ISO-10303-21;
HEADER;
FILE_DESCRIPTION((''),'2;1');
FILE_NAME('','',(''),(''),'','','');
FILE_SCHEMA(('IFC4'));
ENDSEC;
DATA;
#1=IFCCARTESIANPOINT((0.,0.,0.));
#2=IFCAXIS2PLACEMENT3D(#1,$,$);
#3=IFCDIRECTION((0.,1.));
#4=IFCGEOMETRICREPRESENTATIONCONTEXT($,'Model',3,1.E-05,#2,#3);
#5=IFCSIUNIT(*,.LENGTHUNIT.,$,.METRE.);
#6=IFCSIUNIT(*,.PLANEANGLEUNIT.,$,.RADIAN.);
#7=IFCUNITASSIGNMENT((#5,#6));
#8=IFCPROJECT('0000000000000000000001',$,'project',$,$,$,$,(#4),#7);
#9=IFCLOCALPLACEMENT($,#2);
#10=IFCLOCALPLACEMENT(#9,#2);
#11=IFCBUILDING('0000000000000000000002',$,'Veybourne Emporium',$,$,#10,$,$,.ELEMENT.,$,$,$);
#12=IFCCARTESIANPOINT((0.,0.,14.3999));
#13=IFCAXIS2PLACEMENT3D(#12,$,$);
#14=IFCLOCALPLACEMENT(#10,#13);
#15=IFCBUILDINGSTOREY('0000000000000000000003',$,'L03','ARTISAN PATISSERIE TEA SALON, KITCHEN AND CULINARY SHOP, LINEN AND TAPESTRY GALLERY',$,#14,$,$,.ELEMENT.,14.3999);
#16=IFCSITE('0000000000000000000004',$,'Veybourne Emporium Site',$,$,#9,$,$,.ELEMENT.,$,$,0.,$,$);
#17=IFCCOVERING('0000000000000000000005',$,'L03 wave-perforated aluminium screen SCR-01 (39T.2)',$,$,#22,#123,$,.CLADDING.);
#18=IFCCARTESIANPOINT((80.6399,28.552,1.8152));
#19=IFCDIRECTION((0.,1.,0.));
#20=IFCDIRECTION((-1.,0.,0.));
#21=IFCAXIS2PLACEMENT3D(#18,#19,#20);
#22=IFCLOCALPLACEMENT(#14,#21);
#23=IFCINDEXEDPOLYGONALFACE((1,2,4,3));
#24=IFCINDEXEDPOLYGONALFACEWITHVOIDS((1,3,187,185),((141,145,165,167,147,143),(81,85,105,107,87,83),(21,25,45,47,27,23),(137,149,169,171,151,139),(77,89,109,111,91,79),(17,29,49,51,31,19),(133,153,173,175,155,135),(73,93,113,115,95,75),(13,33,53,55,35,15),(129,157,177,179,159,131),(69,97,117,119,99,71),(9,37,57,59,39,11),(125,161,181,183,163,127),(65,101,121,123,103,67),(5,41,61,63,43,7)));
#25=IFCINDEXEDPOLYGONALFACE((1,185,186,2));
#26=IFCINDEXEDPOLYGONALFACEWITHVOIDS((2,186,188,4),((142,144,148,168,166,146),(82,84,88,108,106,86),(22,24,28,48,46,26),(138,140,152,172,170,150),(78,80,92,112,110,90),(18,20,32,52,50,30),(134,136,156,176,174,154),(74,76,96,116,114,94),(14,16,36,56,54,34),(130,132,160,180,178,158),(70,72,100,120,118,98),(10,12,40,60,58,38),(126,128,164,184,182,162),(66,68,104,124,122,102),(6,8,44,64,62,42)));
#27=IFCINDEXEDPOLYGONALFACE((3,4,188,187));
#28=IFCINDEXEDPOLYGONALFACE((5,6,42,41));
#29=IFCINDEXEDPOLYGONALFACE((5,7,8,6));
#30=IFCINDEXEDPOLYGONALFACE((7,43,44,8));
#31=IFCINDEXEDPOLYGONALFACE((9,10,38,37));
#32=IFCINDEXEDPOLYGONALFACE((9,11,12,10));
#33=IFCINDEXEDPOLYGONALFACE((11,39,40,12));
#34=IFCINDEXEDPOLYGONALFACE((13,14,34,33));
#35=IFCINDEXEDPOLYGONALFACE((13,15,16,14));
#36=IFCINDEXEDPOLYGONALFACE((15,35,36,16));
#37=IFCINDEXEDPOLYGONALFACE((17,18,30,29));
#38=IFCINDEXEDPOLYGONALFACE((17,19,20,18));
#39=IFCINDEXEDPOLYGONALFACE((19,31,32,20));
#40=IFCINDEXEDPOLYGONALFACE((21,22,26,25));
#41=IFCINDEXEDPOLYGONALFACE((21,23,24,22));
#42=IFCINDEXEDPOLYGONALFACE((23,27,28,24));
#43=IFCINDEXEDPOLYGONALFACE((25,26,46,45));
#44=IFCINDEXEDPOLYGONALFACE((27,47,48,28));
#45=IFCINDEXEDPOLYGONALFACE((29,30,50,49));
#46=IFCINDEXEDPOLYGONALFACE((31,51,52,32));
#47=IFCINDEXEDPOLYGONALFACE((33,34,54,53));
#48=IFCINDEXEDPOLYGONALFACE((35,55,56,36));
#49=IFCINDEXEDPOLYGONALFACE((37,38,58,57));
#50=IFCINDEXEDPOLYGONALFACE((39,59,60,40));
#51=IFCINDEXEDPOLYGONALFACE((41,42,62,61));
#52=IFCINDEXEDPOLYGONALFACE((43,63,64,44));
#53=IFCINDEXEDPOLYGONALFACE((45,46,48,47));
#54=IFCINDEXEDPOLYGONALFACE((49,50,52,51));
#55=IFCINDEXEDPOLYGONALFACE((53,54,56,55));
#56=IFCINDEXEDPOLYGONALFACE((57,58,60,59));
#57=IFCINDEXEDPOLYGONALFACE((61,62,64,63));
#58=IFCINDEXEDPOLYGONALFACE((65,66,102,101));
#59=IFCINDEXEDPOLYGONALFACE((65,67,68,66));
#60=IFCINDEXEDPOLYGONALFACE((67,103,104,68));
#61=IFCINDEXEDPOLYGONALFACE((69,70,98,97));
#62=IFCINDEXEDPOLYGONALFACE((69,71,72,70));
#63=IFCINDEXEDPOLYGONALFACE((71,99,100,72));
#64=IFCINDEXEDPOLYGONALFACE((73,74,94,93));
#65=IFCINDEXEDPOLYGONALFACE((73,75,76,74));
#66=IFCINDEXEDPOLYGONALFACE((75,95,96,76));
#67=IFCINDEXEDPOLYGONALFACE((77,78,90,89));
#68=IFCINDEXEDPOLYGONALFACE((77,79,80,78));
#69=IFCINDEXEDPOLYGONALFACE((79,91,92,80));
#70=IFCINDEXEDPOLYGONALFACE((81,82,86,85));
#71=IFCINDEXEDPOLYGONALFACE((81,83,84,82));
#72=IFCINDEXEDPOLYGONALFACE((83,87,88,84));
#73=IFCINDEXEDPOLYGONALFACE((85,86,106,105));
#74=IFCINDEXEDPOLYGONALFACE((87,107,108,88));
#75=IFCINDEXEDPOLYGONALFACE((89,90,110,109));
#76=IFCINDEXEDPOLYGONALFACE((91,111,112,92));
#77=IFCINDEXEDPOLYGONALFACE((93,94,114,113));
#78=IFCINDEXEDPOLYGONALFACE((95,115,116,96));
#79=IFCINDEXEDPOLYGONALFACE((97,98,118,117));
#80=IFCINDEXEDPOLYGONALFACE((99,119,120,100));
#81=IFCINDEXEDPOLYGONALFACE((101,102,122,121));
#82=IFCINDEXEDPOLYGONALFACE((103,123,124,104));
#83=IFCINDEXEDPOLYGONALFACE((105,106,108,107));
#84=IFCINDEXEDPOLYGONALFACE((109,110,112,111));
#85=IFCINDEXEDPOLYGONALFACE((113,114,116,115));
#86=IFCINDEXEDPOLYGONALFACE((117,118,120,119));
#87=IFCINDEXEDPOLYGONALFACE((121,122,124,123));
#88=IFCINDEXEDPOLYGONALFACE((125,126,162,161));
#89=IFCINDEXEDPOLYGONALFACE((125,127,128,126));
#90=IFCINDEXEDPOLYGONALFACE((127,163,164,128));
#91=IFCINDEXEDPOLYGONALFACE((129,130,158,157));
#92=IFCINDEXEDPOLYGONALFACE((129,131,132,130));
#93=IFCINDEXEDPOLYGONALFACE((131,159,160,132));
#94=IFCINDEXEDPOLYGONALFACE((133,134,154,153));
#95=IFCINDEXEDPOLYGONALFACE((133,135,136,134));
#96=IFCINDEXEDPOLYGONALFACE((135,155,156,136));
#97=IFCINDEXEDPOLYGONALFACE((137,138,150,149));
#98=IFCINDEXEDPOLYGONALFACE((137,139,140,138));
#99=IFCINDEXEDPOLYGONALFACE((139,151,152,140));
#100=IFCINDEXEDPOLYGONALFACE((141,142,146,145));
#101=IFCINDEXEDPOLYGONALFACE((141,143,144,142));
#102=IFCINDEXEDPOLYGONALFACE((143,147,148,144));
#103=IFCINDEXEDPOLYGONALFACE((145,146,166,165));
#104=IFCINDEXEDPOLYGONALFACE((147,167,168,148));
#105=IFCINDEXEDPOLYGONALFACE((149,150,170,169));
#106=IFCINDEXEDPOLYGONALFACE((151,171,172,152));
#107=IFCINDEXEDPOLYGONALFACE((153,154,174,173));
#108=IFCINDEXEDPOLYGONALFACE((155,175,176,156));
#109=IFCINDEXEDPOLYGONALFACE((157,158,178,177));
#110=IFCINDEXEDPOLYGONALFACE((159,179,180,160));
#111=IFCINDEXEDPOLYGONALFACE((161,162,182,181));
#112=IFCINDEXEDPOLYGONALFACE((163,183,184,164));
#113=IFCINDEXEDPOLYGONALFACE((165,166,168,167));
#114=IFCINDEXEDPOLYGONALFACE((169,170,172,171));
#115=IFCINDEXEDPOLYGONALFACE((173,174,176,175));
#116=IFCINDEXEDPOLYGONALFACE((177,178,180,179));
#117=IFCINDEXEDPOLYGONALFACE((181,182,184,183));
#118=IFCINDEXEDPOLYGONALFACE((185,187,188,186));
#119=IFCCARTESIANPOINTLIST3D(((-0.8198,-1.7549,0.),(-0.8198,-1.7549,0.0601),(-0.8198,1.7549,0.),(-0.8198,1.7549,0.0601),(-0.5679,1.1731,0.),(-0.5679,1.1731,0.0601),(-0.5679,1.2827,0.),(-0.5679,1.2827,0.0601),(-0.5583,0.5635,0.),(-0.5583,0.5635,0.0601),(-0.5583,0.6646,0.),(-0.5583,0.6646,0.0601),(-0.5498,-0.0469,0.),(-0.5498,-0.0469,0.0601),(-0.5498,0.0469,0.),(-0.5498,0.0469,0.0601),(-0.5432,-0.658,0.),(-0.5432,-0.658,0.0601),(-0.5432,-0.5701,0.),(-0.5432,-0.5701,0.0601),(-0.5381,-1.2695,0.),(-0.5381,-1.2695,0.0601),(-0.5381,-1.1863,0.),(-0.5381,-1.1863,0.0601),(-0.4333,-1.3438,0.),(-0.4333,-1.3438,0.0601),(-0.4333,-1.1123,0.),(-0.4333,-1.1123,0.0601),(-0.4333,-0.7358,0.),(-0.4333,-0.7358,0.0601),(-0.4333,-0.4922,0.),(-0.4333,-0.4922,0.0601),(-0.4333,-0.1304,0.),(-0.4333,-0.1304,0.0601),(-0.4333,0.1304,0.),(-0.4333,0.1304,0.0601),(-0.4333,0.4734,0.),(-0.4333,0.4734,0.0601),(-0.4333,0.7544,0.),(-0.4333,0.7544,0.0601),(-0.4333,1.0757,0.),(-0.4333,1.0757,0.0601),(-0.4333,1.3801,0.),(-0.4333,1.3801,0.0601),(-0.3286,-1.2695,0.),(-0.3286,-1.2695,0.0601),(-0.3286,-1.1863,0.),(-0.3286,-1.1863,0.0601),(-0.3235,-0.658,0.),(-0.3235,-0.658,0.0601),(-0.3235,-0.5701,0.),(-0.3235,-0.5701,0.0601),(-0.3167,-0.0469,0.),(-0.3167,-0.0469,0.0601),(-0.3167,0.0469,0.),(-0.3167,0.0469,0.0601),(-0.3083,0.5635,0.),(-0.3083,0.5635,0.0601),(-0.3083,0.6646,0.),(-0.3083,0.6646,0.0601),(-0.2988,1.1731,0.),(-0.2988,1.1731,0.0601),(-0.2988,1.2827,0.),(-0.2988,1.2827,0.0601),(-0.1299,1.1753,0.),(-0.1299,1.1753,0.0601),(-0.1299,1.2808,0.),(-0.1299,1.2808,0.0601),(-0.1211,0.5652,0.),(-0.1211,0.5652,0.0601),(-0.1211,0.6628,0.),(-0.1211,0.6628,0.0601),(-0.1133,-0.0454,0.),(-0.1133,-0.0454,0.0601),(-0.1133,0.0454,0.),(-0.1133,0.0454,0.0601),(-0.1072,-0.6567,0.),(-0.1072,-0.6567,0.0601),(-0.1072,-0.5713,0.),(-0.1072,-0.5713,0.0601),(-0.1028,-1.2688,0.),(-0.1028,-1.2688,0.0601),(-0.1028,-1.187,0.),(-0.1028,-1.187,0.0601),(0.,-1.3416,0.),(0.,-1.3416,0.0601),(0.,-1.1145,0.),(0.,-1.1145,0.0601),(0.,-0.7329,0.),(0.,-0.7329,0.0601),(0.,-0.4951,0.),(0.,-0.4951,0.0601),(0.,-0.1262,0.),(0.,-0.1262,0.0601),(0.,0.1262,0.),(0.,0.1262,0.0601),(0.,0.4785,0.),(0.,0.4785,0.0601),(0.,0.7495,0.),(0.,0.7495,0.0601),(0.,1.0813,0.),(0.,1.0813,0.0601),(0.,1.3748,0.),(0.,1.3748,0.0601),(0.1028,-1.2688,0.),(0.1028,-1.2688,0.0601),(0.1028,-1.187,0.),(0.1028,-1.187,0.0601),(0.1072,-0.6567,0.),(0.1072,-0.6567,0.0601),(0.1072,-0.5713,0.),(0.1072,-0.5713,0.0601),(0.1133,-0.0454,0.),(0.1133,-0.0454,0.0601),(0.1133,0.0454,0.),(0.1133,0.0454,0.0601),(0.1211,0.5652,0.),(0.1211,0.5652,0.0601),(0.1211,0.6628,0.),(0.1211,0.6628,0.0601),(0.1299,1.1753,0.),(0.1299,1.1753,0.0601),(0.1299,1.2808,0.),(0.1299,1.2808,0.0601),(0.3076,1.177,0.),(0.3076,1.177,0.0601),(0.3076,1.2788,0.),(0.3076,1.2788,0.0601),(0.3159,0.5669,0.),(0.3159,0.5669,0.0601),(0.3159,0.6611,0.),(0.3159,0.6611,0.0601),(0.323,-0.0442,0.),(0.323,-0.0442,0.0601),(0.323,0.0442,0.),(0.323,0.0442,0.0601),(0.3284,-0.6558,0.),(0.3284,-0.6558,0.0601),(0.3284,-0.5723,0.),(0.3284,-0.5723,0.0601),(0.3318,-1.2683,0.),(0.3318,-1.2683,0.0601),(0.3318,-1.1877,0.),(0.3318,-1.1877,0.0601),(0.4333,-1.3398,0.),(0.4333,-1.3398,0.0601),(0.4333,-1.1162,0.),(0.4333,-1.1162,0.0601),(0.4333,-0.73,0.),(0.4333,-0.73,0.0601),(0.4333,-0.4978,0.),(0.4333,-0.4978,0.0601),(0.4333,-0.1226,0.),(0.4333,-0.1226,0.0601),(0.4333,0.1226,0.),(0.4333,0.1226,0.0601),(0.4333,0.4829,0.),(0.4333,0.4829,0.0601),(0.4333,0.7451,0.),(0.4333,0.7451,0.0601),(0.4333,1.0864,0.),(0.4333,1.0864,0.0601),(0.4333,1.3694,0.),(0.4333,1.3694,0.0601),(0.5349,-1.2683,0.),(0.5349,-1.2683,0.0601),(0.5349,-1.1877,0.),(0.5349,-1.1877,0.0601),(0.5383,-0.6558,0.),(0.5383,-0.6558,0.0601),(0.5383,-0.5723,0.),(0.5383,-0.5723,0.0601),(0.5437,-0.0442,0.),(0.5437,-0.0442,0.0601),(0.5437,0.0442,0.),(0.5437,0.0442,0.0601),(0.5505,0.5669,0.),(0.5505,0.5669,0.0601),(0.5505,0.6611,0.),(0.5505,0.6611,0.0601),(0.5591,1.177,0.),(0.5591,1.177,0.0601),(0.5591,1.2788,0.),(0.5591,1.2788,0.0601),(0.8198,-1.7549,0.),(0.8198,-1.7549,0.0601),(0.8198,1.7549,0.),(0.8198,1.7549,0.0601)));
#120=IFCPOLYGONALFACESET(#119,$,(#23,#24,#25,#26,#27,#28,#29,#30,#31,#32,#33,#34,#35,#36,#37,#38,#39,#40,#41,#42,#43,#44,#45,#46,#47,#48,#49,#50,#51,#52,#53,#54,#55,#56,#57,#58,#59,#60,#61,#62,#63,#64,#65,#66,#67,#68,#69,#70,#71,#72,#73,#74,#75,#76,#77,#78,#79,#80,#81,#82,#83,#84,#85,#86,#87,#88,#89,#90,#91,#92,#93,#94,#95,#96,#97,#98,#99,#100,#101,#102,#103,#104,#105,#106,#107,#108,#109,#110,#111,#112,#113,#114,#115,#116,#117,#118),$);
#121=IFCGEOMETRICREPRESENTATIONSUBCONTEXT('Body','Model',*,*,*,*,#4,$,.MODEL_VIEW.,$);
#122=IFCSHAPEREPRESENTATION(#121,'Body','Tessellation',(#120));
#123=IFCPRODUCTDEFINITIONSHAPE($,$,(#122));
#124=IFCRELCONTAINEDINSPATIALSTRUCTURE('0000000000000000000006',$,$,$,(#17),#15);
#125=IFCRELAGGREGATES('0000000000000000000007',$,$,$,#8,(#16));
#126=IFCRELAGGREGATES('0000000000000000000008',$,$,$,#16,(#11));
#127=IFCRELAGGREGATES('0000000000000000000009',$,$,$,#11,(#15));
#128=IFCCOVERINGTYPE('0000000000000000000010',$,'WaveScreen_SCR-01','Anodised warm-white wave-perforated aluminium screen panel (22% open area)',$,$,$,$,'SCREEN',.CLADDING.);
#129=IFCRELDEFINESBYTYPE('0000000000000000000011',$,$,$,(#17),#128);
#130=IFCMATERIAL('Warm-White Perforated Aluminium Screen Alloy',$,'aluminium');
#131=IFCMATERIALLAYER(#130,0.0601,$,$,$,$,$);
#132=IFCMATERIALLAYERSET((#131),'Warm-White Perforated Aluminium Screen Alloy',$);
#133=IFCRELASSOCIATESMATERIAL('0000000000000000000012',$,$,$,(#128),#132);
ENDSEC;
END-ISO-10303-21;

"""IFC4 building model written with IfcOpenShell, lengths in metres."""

from ifc_helpers import new_model, si_unit, direction, frame, origin, place, context, subcontext, project, spatial, polyline, outline, extrude, material, layer, layer_set, type_object, element, save


model = new_model("IFC4")

# Units and contexts
model_context = context("Model", 3, precision=1e-05, world=origin(), true_north=direction((0.0, 1.0)))
body_context = subcontext(model_context, "Body", "Model", "MODEL_VIEW")
ifc_project = project(units=[si_unit("LENGTHUNIT", "METRE"), si_unit("PLANEANGLEUNIT", "RADIAN")], contexts=[model_context])

# Site, building, storey
site_placement = place(None, origin())
site = spatial("IfcSite", under=ifc_project, at=site_placement, Name="Veybourne Emporium Site", CompositionType="ELEMENT", RefElevation=0.0)
building_placement = place(site_placement, origin())
building = spatial("IfcBuilding", under=site, at=building_placement, Name="Veybourne Emporium", CompositionType="ELEMENT")
storey_placement = place(building_placement, frame((0.0, 0.0, 14.3999)))
storey = spatial("IfcBuildingStorey", under=building, at=storey_placement, Name="L03", Description="ARTISAN PATISSERIE TEA SALON, KITCHEN AND CULINARY SHOP, LINEN AND TAPESTRY GALLERY", CompositionType="ELEMENT", Elevation=14.3999)

# Covering
ifc_material_1 = material(Name="Warm-White Perforated Aluminium Screen Alloy", Category="aluminium")
ifc_layer_1 = layer(ifc_material_1, 0.0601)
ifc_layer_set_1 = layer_set([ifc_layer_1], Name="Warm-White Perforated Aluminium Screen Alloy")
covering_type_1 = type_object("IfcCoveringType", Name="WaveScreen_SCR-01", Description="Anodised warm-white wave-perforated aluminium screen panel (22% open area)", ElementType="SCREEN", PredefinedType="CLADDING", material=ifc_layer_set_1)
covering_1_placement = place(storey_placement, frame((80.6399, 28.552, 1.8152), z_axis=(0.0, 1.0, 0.0), x_axis=(-1.0, 0.0, 0.0)))
element("IfcCovering", 1, at=covering_1_placement, inside=storey, type_object=covering_type_1, Name="L03 wave-perforated aluminium screen SCR-01 (39T.2)", PredefinedType="CLADDING", context=body_context, shape_type="SweptSolid", body=[
    extrude(outline(polyline([(-0.8198, -1.7549), (0.8198, -1.7549), (0.8198, 1.7549), (-0.8198, 1.7549), (-0.8198, -1.7549)]), holes=[polyline([(-0.4333, -1.1123), (-0.3286, -1.1863), (-0.3286, -1.2695), (-0.4333, -1.3438), (-0.5381, -1.2695), (-0.5381, -1.1863), (-0.4333, -1.1123)]), polyline([(-0.4333, -0.4922), (-0.3235, -0.5701), (-0.3235, -0.658), (-0.4333, -0.7358), (-0.5432, -0.658), (-0.5432, -0.5701), (-0.4333, -0.4922)]), polyline([(-0.4333, 0.1304), (-0.3167, 0.0469), (-0.3167, -0.0469), (-0.4333, -0.1304), (-0.5498, -0.0469), (-0.5498, 0.0469), (-0.4333, 0.1304)]), polyline([(-0.4333, 0.7544), (-0.3083, 0.6646), (-0.3083, 0.5635), (-0.4333, 0.4734), (-0.5583, 0.5635), (-0.5583, 0.6646), (-0.4333, 0.7544)]), polyline([(-0.4333, 1.3801), (-0.2988, 1.2827), (-0.2988, 1.1731), (-0.4333, 1.0757), (-0.5679, 1.1731), (-0.5679, 1.2827), (-0.4333, 1.3801)]), polyline([(0.0, -1.1145), (0.1028, -1.187), (0.1028, -1.2688), (0.0, -1.3416), (-0.1028, -1.2688), (-0.1028, -1.187), (0.0, -1.1145)]), polyline([(0.0, -0.4951), (0.1072, -0.5713), (0.1072, -0.6567), (0.0, -0.7329), (-0.1072, -0.6567), (-0.1072, -0.5713), (0.0, -0.4951)]), polyline([(0.0, 0.1262), (0.1133, 0.0454), (0.1133, -0.0454), (0.0, -0.1262), (-0.1133, -0.0454), (-0.1133, 0.0454), (0.0, 0.1262)]), polyline([(0.0, 0.7495), (0.1211, 0.6628), (0.1211, 0.5652), (0.0, 0.4785), (-0.1211, 0.5652), (-0.1211, 0.6628), (0.0, 0.7495)]), polyline([(0.0, 1.3748), (0.1299, 1.2808), (0.1299, 1.1753), (0.0, 1.0813), (-0.1299, 1.1753), (-0.1299, 1.2808), (0.0, 1.3748)]), polyline([(0.4333, -1.1162), (0.5349, -1.1877), (0.5349, -1.2683), (0.4333, -1.3398), (0.3318, -1.2683), (0.3318, -1.1877), (0.4333, -1.1162)]), polyline([(0.4333, -0.4978), (0.5383, -0.5723), (0.5383, -0.6558), (0.4333, -0.73), (0.3284, -0.6558), (0.3284, -0.5723), (0.4333, -0.4978)]), polyline([(0.4333, 0.1226), (0.5437, 0.0442), (0.5437, -0.0442), (0.4333, -0.1226), (0.323, -0.0442), (0.323, 0.0442), (0.4333, 0.1226)]), polyline([(0.4333, 0.7451), (0.5505, 0.6611), (0.5505, 0.5669), (0.4333, 0.4829), (0.3159, 0.5669), (0.3159, 0.6611), (0.4333, 0.7451)]), polyline([(0.4333, 1.3694), (0.5591, 1.2788), (0.5591, 1.177), (0.4333, 1.0864), (0.3076, 1.177), (0.3076, 1.2788), (0.4333, 1.3694)])]), origin(), (0.0, 0.0, 1.0), 0.0601),
])

save(model, "model.ifc")
